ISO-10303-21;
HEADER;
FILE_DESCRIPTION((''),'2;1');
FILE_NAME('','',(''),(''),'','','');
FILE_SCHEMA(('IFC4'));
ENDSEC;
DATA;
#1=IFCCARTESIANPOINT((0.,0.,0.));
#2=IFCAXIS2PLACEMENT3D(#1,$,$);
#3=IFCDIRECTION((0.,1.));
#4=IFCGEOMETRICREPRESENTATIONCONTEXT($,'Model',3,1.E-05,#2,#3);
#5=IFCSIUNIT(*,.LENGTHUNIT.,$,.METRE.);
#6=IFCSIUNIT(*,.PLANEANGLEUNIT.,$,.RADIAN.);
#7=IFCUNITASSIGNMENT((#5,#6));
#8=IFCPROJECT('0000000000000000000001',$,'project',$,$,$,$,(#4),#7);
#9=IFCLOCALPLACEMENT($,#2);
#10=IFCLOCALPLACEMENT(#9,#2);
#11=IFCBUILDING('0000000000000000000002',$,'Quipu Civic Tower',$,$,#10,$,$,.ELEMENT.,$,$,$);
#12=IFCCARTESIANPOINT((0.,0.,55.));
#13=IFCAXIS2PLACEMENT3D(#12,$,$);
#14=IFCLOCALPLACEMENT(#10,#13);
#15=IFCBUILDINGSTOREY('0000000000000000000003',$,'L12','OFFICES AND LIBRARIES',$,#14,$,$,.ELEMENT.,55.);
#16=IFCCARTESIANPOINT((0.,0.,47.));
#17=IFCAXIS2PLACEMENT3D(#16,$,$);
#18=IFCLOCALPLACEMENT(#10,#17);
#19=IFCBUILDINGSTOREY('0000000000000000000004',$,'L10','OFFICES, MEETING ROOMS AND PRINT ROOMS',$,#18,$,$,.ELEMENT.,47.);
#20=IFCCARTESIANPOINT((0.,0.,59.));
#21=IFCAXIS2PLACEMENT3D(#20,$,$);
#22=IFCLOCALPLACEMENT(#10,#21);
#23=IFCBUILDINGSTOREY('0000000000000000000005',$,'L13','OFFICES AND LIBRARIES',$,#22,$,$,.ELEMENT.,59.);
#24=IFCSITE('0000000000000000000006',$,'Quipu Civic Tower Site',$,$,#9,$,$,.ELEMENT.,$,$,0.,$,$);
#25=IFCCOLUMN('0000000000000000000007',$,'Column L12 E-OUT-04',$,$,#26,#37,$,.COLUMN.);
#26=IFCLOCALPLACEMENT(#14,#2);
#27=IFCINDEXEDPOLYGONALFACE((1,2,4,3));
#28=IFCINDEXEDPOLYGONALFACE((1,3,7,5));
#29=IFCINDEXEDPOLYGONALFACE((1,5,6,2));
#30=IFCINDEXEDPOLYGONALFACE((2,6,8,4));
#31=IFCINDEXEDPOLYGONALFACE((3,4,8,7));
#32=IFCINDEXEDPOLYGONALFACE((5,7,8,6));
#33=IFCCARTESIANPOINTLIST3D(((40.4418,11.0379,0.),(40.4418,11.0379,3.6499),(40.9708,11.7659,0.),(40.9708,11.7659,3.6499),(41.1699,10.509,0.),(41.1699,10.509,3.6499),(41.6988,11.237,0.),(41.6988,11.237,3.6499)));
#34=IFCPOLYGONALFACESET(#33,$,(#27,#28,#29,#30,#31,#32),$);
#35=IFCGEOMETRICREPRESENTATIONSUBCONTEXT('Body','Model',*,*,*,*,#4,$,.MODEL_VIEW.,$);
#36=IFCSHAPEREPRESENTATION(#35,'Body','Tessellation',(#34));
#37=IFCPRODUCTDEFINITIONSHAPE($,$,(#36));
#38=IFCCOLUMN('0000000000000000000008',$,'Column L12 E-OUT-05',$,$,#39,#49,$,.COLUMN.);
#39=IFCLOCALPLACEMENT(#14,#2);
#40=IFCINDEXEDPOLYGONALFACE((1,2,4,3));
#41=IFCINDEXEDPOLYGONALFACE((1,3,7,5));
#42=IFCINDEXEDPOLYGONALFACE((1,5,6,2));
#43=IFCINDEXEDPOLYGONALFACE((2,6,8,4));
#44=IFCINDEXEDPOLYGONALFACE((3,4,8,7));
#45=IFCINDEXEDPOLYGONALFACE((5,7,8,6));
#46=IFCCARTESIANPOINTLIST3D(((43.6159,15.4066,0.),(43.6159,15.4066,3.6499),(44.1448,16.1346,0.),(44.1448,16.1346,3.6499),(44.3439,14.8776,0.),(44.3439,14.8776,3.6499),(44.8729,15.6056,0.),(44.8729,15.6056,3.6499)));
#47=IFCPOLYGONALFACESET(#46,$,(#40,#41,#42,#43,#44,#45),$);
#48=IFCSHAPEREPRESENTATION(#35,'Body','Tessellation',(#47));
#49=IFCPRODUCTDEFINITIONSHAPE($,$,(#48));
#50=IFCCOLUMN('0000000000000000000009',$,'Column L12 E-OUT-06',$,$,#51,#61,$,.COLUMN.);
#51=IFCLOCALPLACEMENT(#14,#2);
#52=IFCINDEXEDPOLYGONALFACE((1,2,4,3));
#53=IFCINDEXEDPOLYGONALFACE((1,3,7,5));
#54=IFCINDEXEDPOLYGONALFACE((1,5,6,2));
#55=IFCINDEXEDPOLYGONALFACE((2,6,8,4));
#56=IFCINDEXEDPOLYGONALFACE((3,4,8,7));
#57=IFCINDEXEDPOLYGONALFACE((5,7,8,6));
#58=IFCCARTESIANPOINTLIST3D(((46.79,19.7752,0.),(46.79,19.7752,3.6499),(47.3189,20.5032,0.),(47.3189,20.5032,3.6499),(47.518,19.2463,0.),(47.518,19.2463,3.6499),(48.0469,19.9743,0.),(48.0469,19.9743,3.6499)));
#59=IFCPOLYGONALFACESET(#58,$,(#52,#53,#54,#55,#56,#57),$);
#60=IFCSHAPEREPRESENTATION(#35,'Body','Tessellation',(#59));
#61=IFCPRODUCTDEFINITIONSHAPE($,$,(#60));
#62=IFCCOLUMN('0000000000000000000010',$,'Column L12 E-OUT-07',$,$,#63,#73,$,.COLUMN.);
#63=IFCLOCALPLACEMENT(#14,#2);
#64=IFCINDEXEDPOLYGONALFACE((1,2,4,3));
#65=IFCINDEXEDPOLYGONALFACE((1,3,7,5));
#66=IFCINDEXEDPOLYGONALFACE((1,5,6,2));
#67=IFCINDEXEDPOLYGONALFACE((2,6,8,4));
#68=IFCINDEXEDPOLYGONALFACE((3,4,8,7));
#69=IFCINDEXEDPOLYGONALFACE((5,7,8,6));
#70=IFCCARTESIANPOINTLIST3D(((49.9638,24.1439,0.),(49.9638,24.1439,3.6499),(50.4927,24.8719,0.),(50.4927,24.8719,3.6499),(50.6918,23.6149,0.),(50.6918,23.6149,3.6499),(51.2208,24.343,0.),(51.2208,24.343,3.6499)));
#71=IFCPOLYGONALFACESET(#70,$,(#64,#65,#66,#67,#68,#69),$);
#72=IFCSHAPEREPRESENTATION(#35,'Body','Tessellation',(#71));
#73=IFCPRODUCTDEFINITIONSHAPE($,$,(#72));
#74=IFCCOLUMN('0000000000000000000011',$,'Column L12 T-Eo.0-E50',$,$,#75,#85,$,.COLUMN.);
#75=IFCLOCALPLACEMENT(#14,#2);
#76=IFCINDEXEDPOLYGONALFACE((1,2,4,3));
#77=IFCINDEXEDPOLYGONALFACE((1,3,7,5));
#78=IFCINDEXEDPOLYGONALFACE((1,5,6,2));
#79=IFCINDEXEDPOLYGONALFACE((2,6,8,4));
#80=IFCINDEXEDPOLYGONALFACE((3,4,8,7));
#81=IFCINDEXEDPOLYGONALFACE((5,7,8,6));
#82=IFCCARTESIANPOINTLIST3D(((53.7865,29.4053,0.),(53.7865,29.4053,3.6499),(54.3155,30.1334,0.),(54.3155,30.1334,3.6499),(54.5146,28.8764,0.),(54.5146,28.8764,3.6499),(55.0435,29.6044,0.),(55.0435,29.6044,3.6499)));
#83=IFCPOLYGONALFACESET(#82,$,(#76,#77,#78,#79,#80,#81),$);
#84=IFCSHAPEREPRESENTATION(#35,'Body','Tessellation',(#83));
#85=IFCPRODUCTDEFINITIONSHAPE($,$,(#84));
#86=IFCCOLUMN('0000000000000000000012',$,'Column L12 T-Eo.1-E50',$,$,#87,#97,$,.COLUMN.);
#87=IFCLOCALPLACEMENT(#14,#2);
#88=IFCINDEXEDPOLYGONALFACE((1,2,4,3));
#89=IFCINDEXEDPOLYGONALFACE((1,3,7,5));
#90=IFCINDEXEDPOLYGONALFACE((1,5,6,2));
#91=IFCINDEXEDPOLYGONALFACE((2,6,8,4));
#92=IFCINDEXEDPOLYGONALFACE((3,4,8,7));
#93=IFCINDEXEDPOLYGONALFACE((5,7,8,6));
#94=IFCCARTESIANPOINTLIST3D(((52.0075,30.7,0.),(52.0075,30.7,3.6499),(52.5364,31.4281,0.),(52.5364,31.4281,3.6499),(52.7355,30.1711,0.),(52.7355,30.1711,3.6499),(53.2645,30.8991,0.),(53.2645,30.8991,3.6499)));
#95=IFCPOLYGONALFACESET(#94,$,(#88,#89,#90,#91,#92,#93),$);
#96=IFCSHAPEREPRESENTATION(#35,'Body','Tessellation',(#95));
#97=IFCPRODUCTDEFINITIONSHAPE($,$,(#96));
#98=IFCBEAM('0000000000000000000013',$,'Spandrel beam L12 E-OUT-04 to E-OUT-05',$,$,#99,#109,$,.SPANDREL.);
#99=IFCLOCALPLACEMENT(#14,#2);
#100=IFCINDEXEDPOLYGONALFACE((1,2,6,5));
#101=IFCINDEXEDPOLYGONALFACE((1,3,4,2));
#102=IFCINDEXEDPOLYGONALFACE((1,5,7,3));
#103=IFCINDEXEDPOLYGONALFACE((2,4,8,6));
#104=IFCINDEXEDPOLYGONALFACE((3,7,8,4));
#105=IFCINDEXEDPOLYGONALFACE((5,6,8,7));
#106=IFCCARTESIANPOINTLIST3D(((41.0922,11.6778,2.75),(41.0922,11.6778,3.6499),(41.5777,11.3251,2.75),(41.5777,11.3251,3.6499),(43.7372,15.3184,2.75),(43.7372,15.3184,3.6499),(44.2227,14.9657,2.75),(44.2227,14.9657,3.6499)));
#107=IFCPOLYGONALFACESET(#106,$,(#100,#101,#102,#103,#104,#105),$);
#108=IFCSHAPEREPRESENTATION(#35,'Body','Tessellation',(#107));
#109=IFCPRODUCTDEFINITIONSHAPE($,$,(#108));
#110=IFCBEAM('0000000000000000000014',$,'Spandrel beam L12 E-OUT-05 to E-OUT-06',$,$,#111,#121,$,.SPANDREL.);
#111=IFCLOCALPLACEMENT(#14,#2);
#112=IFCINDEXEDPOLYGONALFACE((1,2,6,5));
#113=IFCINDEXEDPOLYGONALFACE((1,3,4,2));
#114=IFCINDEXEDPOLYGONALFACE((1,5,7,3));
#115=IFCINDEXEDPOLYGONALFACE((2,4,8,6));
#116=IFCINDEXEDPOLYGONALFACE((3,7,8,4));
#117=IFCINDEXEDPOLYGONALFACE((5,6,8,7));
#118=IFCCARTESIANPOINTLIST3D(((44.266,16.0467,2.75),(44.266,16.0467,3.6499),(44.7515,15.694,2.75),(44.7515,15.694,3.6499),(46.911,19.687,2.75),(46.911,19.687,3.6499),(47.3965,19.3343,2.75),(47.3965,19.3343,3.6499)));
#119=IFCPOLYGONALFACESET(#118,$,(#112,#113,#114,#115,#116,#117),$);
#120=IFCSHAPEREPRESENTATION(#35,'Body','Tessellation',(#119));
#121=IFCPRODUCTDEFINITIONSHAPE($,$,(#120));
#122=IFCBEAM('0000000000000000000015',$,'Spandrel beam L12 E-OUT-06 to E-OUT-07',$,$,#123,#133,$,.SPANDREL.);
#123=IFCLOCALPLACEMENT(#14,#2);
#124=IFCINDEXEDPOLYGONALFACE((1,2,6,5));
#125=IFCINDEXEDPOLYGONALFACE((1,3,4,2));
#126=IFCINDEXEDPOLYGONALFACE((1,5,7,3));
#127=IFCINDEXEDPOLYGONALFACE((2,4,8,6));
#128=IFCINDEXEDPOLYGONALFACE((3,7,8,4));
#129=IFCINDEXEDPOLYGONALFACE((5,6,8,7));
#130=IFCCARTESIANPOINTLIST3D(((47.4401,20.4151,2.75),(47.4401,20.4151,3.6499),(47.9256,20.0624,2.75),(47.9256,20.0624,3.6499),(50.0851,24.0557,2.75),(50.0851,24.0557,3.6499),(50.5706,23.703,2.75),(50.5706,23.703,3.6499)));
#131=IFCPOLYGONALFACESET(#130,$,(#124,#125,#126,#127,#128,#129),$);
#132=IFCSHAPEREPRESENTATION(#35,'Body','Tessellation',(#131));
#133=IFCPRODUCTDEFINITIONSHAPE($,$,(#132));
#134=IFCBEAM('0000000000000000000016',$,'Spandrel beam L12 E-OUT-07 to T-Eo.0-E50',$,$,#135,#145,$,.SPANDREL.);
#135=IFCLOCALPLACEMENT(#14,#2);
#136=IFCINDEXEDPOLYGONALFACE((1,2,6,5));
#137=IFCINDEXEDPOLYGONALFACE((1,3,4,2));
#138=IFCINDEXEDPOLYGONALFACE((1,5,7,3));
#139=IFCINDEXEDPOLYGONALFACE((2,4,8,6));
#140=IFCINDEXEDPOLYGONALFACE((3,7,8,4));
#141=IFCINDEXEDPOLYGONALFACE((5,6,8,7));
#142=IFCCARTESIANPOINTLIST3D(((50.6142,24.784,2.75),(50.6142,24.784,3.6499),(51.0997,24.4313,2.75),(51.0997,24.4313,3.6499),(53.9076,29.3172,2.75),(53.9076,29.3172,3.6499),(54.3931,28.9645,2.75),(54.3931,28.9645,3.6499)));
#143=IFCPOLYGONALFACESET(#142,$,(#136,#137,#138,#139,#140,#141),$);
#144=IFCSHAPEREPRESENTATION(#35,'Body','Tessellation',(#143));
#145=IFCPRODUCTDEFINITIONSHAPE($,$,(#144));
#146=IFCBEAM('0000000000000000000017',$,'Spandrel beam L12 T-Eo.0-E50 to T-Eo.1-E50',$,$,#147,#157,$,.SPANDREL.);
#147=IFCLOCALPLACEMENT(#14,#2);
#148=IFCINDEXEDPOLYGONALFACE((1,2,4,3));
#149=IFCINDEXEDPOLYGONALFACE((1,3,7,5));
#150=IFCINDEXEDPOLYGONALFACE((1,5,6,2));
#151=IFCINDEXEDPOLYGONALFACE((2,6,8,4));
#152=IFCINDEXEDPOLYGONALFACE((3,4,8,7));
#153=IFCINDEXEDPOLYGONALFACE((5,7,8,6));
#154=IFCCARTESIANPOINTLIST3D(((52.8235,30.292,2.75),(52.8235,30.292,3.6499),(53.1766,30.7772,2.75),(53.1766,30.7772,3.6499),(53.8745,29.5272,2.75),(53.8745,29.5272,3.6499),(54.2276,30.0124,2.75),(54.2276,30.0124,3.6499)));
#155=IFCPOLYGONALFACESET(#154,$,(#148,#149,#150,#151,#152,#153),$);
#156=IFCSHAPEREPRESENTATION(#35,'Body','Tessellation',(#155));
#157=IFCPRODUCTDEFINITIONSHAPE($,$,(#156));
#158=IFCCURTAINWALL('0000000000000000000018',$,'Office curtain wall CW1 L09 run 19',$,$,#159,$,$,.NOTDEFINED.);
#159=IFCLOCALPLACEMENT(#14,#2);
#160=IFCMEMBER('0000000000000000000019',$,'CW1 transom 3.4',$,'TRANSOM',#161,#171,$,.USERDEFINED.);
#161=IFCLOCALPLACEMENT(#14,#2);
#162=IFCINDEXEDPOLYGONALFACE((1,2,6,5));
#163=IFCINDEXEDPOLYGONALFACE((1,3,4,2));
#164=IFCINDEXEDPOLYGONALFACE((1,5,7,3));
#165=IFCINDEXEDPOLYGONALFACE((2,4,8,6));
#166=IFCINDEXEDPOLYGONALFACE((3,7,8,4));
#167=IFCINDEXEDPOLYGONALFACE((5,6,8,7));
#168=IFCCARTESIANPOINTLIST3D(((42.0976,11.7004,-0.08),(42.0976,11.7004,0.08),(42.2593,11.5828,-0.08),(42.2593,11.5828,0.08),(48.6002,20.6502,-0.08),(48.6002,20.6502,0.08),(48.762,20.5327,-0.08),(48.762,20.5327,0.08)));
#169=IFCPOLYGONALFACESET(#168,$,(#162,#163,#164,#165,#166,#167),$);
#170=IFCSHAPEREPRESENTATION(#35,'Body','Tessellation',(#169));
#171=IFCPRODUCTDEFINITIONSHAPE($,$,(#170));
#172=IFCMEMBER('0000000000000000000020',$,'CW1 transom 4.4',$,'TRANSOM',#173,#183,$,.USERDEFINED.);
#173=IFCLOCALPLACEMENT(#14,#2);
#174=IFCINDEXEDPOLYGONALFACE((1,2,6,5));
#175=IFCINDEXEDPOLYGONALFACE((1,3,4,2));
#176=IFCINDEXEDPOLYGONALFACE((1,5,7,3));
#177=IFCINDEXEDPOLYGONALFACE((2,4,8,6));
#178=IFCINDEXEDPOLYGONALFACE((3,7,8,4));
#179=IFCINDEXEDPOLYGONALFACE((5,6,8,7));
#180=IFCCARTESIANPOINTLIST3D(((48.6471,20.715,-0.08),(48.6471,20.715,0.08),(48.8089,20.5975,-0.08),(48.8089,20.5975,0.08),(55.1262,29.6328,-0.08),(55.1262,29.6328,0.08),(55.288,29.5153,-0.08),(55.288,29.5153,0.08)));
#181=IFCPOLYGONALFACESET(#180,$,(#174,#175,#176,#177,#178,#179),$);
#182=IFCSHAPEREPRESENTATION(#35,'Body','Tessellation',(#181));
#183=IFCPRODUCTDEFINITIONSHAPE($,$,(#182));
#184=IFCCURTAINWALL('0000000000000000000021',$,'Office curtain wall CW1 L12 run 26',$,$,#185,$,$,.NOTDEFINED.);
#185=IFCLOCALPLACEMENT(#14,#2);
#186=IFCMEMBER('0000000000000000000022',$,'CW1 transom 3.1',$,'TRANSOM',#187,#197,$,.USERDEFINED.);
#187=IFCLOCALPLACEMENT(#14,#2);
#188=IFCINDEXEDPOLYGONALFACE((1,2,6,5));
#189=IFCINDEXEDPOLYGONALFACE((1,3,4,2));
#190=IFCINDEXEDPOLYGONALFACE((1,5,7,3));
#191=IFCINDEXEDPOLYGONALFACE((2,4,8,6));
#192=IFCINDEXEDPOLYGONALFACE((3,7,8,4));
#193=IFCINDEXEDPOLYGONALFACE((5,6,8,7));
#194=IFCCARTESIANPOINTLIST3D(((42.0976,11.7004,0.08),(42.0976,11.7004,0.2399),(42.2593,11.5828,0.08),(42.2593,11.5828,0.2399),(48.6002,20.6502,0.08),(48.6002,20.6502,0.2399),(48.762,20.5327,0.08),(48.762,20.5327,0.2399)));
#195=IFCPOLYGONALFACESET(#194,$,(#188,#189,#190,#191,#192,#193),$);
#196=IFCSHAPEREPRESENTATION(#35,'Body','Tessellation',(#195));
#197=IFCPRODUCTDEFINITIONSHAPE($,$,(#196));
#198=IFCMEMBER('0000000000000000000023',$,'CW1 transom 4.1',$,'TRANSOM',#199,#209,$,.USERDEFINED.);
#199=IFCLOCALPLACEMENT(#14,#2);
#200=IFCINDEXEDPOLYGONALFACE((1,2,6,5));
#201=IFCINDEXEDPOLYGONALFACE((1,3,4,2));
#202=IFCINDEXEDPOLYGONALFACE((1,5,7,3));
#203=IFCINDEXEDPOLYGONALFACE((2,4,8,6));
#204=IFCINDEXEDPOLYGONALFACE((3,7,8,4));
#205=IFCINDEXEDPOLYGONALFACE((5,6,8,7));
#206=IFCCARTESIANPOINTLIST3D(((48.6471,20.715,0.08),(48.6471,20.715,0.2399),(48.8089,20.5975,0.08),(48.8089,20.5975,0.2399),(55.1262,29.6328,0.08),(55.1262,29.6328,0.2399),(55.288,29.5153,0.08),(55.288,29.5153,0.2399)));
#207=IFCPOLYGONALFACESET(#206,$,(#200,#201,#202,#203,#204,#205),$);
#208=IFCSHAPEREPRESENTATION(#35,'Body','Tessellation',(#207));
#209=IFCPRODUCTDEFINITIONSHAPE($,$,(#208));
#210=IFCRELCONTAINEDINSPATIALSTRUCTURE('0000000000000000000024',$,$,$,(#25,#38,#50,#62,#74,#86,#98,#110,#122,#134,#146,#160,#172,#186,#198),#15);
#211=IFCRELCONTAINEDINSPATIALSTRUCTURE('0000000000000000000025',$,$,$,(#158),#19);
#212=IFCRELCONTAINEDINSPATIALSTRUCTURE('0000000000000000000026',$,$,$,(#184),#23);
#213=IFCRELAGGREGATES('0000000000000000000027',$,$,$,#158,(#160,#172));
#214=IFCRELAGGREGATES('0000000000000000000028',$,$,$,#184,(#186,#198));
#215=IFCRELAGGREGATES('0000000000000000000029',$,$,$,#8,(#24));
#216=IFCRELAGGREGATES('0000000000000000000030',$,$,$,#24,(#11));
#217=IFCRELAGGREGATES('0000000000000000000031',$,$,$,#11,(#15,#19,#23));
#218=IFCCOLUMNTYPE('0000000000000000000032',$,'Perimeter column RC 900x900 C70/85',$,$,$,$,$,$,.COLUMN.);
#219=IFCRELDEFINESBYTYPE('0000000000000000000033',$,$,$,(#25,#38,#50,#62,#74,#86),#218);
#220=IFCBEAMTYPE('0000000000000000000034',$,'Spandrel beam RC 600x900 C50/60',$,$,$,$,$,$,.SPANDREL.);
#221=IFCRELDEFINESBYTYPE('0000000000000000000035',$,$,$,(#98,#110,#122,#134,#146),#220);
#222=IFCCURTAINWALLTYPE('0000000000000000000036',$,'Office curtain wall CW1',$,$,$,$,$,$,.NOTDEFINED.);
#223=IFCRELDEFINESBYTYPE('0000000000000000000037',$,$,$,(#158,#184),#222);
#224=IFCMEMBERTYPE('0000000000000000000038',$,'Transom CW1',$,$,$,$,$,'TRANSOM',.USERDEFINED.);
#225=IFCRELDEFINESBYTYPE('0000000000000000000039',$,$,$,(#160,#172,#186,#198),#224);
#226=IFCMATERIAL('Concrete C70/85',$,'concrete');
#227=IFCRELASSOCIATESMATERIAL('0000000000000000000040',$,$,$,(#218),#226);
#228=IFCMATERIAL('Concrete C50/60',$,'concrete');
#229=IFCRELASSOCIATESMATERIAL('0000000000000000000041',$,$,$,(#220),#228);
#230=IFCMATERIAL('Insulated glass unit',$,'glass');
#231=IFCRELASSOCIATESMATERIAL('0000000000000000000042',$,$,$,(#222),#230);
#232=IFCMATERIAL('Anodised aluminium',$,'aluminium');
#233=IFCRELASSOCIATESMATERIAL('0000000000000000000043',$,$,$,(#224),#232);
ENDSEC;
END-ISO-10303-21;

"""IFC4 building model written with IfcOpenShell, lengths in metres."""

from ifc_helpers import new_model, si_unit, direction, frame, origin, origin_2d, place, context, subcontext, project, spatial, rectangle, extrude, material, material_profile, profile_set, type_object, element, aggregate, save


model = new_model("IFC4")

# Units and contexts
model_context = context("Model", 3, precision=1e-05, world=origin(), true_north=direction((0.0, 1.0)))
body_context = subcontext(model_context, "Body", "Model", "MODEL_VIEW")
ifc_project = project(units=[si_unit("LENGTHUNIT", "METRE"), si_unit("PLANEANGLEUNIT", "RADIAN")], contexts=[model_context])

# Site, building, storey
site_placement = place(None, origin())
site = spatial("IfcSite", under=ifc_project, at=site_placement, Name="Quipu Civic Tower Site", CompositionType="ELEMENT", RefElevation=0.0)
building_placement = place(site_placement, origin())
building = spatial("IfcBuilding", under=site, at=building_placement, Name="Quipu Civic Tower", CompositionType="ELEMENT")
storey_1_placement = place(building_placement, frame((0.0, 0.0, 55.0)))
storey_1 = spatial("IfcBuildingStorey", under=building, at=storey_1_placement, Name="L12", Description="OFFICES AND LIBRARIES", CompositionType="ELEMENT", Elevation=55.0)

# Columns
ifc_material_1 = material(Name="Concrete C70/85", Category="concrete")
ifc_material_profile_1 = material_profile(ifc_material_1, rectangle(XDim=0.8999, YDim=0.8999, at=origin_2d()), Name="RC900x900")
ifc_profile_set_1 = profile_set([ifc_material_profile_1], Name="Concrete C70/85")
column_type = type_object("IfcColumnType", Name="Perimeter column RC 900x900 C70/85", PredefinedType="COLUMN", material=ifc_profile_set_1)
for number, where, z_axis, x_axis, name in (
    (1, (41.0703, 11.1375, 0.0), (0.0, 0.0, 1.0), (0.587785, 0.809017, 0.0), "Column L12 E-OUT-04"),
    (2, (44.2444, 15.5061, 0.0), (0.0, 0.0, 1.0), (0.587785, 0.809017, 0.0), "Column L12 E-OUT-05"),
    (3, (47.4185, 19.8748, 0.0), (0.0, 0.0, 1.0), (0.587785, 0.809017, 0.0), "Column L12 E-OUT-06"),
    (4, (50.5923, 24.2434, 0.0), (0.0, 0.0, 1.0), (0.587785, 0.809017, 0.0), "Column L12 E-OUT-07"),
    (5, (54.415, 29.5049, 0.0), (0.0, 0.0, 1.0), (0.587785, 0.809017, 0.0), "Column L12 T-Eo.0-E50"),
    (6, (52.636, 30.7996, 0.0), (0.0, 0.0, 1.0), (-0.809017, 0.587785, 0.0), "Column L12 T-Eo.1-E50"),
):
    element("IfcColumn", number, at=place(storey_1_placement, frame(where, z_axis=z_axis, x_axis=x_axis)), inside=storey_1, type_object=column_type, Name=name, PredefinedType="COLUMN", context=body_context, shape_type="SweptSolid", body=[
        extrude(rectangle(XDim=0.8999, YDim=0.8999, at=origin_2d()), origin(), (0.0, 0.0, 1.0), 3.6499),
    ])

# Beams
ifc_material_2 = material(Name="Concrete C50/60", Category="concrete")
ifc_material_profile_2 = material_profile(ifc_material_2, rectangle(XDim=0.6001, YDim=0.8999, at=origin_2d()), Name="RC600x900")
ifc_profile_set_2 = profile_set([ifc_material_profile_2], Name="Concrete C50/60")
beam_type = type_object("IfcBeamType", Name="Spandrel beam RC 600x900 C50/60", PredefinedType="SPANDREL", material=ifc_profile_set_2)
beam_1_placement = place(storey_1_placement, frame((41.335, 11.5015, 3.2), z_axis=(0.587778, 0.809022, 0.0), x_axis=(-0.809022, 0.587778, 0.0)))
element("IfcBeam", 7, at=beam_1_placement, inside=storey_1, type_object=beam_type, Name="Spandrel beam L12 E-OUT-04 to E-OUT-05", PredefinedType="SPANDREL", context=body_context, shape_type="SweptSolid", body=[
    extrude(rectangle(XDim=0.6001, YDim=0.8999, at=origin_2d()), origin(), (0.0, 0.0, 1.0), 4.5),
])
beam_2_placement = place(storey_1_placement, frame((44.5088, 15.8704, 3.2), z_axis=(0.587804, 0.809003, 0.0), x_axis=(-0.809003, 0.587804, 0.0)))
element("IfcBeam", 8, at=beam_2_placement, inside=storey_1, type_object=beam_type, Name="Spandrel beam L12 E-OUT-05 to E-OUT-06", PredefinedType="SPANDREL", context=body_context, shape_type="SweptSolid", body=[
    extrude(rectangle(XDim=0.6001, YDim=0.8999, at=origin_2d()), origin(), (0.0, 0.0, 1.0), 4.4998),
])
beam_3_placement = place(storey_1_placement, frame((47.6829, 20.2388, 3.2), z_axis=(0.587778, 0.809022, 0.0), x_axis=(-0.809022, 0.587778, 0.0)))
element("IfcBeam", 9, at=beam_3_placement, inside=storey_1, type_object=beam_type, Name="Spandrel beam L12 E-OUT-06 to E-OUT-07", PredefinedType="SPANDREL", context=body_context, shape_type="SweptSolid", body=[
    extrude(rectangle(XDim=0.6001, YDim=0.8999, at=origin_2d()), origin(), (0.0, 0.0, 1.0), 4.5),
])
beam_4_placement = place(storey_1_placement, frame((50.8569, 24.6077, 3.2), z_axis=(0.587773, 0.809026, 0.0), x_axis=(-0.809026, 0.587773, 0.0)))
element("IfcBeam", 10, at=beam_4_placement, inside=storey_1, type_object=beam_type, Name="Spandrel beam L12 E-OUT-07 to T-Eo.0-E50", PredefinedType="SPANDREL", context=body_context, shape_type="SweptSolid", body=[
    extrude(rectangle(XDim=0.6001, YDim=0.8999, at=origin_2d()), origin(), (0.0, 0.0, 1.0), 5.6033),
])
beam_5_placement = place(storey_1_placement, frame((54.051, 29.7698, 3.2), z_axis=(-0.808549, 0.588429, 0.0), x_axis=(-0.588429, -0.808549, 0.0)))
element("IfcBeam", 11, at=beam_5_placement, inside=storey_1, type_object=beam_type, Name="Spandrel beam L12 T-Eo.0-E50 to T-Eo.1-E50", PredefinedType="SPANDREL", context=body_context, shape_type="SweptSolid", body=[
    extrude(rectangle(XDim=0.6001, YDim=0.8999, at=origin_2d()), origin(), (0.0, 0.0, 1.0), 1.2998),
])

# Shared definitions
storey_2_placement = place(building_placement, frame((0.0, 0.0, 47.0)))
storey_2 = spatial("IfcBuildingStorey", under=building, at=storey_2_placement, Name="L10", Description="OFFICES, MEETING ROOMS AND PRINT ROOMS", CompositionType="ELEMENT", Elevation=47.0)

# Curtain wall, members
ifc_material_3 = material(Name="Insulated glass unit", Category="glass")
curtain_wall_type = type_object("IfcCurtainWallType", Name="Office curtain wall CW1", PredefinedType="NOTDEFINED", material=ifc_material_3)
curtain_wall_1_placement = place(storey_2_placement, origin())
curtain_wall_1 = element("IfcCurtainWall", 12, at=curtain_wall_1_placement, inside=storey_2, type_object=curtain_wall_type, Name="Office curtain wall CW1 L09 run 19", PredefinedType="NOTDEFINED")
ifc_material_4 = material(Name="Anodised aluminium", Category="aluminium")
ifc_material_profile_3 = material_profile(ifc_material_4, rectangle(XDim=0.2, YDim=0.1599, at=origin_2d()), Name="RECT 200x160")
ifc_profile_set_3 = profile_set([ifc_material_profile_3], Name="Anodised aluminium")
member_type = type_object("IfcMemberType", Name="Transom CW1", ElementType="TRANSOM", PredefinedType="USERDEFINED", material=ifc_profile_set_3)
member_1_placement = place(storey_1_placement, frame((42.1785, 11.6416, 0.0), z_axis=(0.587795, 0.80901, 0.0), x_axis=(-0.80901, 0.587795, 0.0)))
member_1 = element("IfcMember", 13, at=member_1_placement, inside=storey_1, type_object=member_type, Name="CW1 transom 3.4", ObjectType="TRANSOM", PredefinedType="USERDEFINED", context=body_context, shape_type="SweptSolid", body=[
    extrude(rectangle(XDim=0.2, YDim=0.1599, at=origin_2d()), origin(), (0.0, 0.0, 1.0), 11.0627),
])
member_2_placement = place(storey_1_placement, frame((48.728, 20.6562, 0.0), z_axis=(0.587779, 0.809021, 0.0), x_axis=(-0.809021, 0.587779, 0.0)))
member_2 = element("IfcMember", 14, at=member_2_placement, inside=storey_1, type_object=member_type, Name="CW1 transom 4.4", ObjectType="TRANSOM", PredefinedType="USERDEFINED", context=body_context, shape_type="SweptSolid", body=[
    extrude(rectangle(XDim=0.2, YDim=0.1599, at=origin_2d()), origin(), (0.0, 0.0, 1.0), 11.0229),
])
aggregate(curtain_wall_1, [member_1, member_2])

# Shared definitions
storey_3_placement = place(building_placement, frame((0.0, 0.0, 59.0)))
storey_3 = spatial("IfcBuildingStorey", under=building, at=storey_3_placement, Name="L13", Description="OFFICES AND LIBRARIES", CompositionType="ELEMENT", Elevation=59.0)

# Curtain wall, members
curtain_wall_2_placement = place(storey_3_placement, origin())
curtain_wall_2 = element("IfcCurtainWall", 15, at=curtain_wall_2_placement, inside=storey_3, type_object=curtain_wall_type, Name="Office curtain wall CW1 L12 run 26", PredefinedType="NOTDEFINED")
member_3_placement = place(storey_1_placement, frame((42.1785, 11.6416, 0.1599), z_axis=(0.587795, 0.80901, 0.0), x_axis=(-0.80901, 0.587795, 0.0)))
member_3 = element("IfcMember", 16, at=member_3_placement, inside=storey_1, type_object=member_type, Name="CW1 transom 3.1", ObjectType="TRANSOM", PredefinedType="USERDEFINED", context=body_context, shape_type="SweptSolid", body=[
    extrude(rectangle(XDim=0.2, YDim=0.1599, at=origin_2d()), origin(), (0.0, 0.0, 1.0), 11.0627),
])
member_4_placement = place(storey_1_placement, frame((48.728, 20.6562, 0.1599), z_axis=(0.587779, 0.809021, 0.0), x_axis=(-0.809021, 0.587779, 0.0)))
member_4 = element("IfcMember", 17, at=member_4_placement, inside=storey_1, type_object=member_type, Name="CW1 transom 4.1", ObjectType="TRANSOM", PredefinedType="USERDEFINED", context=body_context, shape_type="SweptSolid", body=[
    extrude(rectangle(XDim=0.2, YDim=0.1599, at=origin_2d()), origin(), (0.0, 0.0, 1.0), 11.0229),
])
aggregate(curtain_wall_2, [member_3, member_4])

save(model, "model.ifc")
